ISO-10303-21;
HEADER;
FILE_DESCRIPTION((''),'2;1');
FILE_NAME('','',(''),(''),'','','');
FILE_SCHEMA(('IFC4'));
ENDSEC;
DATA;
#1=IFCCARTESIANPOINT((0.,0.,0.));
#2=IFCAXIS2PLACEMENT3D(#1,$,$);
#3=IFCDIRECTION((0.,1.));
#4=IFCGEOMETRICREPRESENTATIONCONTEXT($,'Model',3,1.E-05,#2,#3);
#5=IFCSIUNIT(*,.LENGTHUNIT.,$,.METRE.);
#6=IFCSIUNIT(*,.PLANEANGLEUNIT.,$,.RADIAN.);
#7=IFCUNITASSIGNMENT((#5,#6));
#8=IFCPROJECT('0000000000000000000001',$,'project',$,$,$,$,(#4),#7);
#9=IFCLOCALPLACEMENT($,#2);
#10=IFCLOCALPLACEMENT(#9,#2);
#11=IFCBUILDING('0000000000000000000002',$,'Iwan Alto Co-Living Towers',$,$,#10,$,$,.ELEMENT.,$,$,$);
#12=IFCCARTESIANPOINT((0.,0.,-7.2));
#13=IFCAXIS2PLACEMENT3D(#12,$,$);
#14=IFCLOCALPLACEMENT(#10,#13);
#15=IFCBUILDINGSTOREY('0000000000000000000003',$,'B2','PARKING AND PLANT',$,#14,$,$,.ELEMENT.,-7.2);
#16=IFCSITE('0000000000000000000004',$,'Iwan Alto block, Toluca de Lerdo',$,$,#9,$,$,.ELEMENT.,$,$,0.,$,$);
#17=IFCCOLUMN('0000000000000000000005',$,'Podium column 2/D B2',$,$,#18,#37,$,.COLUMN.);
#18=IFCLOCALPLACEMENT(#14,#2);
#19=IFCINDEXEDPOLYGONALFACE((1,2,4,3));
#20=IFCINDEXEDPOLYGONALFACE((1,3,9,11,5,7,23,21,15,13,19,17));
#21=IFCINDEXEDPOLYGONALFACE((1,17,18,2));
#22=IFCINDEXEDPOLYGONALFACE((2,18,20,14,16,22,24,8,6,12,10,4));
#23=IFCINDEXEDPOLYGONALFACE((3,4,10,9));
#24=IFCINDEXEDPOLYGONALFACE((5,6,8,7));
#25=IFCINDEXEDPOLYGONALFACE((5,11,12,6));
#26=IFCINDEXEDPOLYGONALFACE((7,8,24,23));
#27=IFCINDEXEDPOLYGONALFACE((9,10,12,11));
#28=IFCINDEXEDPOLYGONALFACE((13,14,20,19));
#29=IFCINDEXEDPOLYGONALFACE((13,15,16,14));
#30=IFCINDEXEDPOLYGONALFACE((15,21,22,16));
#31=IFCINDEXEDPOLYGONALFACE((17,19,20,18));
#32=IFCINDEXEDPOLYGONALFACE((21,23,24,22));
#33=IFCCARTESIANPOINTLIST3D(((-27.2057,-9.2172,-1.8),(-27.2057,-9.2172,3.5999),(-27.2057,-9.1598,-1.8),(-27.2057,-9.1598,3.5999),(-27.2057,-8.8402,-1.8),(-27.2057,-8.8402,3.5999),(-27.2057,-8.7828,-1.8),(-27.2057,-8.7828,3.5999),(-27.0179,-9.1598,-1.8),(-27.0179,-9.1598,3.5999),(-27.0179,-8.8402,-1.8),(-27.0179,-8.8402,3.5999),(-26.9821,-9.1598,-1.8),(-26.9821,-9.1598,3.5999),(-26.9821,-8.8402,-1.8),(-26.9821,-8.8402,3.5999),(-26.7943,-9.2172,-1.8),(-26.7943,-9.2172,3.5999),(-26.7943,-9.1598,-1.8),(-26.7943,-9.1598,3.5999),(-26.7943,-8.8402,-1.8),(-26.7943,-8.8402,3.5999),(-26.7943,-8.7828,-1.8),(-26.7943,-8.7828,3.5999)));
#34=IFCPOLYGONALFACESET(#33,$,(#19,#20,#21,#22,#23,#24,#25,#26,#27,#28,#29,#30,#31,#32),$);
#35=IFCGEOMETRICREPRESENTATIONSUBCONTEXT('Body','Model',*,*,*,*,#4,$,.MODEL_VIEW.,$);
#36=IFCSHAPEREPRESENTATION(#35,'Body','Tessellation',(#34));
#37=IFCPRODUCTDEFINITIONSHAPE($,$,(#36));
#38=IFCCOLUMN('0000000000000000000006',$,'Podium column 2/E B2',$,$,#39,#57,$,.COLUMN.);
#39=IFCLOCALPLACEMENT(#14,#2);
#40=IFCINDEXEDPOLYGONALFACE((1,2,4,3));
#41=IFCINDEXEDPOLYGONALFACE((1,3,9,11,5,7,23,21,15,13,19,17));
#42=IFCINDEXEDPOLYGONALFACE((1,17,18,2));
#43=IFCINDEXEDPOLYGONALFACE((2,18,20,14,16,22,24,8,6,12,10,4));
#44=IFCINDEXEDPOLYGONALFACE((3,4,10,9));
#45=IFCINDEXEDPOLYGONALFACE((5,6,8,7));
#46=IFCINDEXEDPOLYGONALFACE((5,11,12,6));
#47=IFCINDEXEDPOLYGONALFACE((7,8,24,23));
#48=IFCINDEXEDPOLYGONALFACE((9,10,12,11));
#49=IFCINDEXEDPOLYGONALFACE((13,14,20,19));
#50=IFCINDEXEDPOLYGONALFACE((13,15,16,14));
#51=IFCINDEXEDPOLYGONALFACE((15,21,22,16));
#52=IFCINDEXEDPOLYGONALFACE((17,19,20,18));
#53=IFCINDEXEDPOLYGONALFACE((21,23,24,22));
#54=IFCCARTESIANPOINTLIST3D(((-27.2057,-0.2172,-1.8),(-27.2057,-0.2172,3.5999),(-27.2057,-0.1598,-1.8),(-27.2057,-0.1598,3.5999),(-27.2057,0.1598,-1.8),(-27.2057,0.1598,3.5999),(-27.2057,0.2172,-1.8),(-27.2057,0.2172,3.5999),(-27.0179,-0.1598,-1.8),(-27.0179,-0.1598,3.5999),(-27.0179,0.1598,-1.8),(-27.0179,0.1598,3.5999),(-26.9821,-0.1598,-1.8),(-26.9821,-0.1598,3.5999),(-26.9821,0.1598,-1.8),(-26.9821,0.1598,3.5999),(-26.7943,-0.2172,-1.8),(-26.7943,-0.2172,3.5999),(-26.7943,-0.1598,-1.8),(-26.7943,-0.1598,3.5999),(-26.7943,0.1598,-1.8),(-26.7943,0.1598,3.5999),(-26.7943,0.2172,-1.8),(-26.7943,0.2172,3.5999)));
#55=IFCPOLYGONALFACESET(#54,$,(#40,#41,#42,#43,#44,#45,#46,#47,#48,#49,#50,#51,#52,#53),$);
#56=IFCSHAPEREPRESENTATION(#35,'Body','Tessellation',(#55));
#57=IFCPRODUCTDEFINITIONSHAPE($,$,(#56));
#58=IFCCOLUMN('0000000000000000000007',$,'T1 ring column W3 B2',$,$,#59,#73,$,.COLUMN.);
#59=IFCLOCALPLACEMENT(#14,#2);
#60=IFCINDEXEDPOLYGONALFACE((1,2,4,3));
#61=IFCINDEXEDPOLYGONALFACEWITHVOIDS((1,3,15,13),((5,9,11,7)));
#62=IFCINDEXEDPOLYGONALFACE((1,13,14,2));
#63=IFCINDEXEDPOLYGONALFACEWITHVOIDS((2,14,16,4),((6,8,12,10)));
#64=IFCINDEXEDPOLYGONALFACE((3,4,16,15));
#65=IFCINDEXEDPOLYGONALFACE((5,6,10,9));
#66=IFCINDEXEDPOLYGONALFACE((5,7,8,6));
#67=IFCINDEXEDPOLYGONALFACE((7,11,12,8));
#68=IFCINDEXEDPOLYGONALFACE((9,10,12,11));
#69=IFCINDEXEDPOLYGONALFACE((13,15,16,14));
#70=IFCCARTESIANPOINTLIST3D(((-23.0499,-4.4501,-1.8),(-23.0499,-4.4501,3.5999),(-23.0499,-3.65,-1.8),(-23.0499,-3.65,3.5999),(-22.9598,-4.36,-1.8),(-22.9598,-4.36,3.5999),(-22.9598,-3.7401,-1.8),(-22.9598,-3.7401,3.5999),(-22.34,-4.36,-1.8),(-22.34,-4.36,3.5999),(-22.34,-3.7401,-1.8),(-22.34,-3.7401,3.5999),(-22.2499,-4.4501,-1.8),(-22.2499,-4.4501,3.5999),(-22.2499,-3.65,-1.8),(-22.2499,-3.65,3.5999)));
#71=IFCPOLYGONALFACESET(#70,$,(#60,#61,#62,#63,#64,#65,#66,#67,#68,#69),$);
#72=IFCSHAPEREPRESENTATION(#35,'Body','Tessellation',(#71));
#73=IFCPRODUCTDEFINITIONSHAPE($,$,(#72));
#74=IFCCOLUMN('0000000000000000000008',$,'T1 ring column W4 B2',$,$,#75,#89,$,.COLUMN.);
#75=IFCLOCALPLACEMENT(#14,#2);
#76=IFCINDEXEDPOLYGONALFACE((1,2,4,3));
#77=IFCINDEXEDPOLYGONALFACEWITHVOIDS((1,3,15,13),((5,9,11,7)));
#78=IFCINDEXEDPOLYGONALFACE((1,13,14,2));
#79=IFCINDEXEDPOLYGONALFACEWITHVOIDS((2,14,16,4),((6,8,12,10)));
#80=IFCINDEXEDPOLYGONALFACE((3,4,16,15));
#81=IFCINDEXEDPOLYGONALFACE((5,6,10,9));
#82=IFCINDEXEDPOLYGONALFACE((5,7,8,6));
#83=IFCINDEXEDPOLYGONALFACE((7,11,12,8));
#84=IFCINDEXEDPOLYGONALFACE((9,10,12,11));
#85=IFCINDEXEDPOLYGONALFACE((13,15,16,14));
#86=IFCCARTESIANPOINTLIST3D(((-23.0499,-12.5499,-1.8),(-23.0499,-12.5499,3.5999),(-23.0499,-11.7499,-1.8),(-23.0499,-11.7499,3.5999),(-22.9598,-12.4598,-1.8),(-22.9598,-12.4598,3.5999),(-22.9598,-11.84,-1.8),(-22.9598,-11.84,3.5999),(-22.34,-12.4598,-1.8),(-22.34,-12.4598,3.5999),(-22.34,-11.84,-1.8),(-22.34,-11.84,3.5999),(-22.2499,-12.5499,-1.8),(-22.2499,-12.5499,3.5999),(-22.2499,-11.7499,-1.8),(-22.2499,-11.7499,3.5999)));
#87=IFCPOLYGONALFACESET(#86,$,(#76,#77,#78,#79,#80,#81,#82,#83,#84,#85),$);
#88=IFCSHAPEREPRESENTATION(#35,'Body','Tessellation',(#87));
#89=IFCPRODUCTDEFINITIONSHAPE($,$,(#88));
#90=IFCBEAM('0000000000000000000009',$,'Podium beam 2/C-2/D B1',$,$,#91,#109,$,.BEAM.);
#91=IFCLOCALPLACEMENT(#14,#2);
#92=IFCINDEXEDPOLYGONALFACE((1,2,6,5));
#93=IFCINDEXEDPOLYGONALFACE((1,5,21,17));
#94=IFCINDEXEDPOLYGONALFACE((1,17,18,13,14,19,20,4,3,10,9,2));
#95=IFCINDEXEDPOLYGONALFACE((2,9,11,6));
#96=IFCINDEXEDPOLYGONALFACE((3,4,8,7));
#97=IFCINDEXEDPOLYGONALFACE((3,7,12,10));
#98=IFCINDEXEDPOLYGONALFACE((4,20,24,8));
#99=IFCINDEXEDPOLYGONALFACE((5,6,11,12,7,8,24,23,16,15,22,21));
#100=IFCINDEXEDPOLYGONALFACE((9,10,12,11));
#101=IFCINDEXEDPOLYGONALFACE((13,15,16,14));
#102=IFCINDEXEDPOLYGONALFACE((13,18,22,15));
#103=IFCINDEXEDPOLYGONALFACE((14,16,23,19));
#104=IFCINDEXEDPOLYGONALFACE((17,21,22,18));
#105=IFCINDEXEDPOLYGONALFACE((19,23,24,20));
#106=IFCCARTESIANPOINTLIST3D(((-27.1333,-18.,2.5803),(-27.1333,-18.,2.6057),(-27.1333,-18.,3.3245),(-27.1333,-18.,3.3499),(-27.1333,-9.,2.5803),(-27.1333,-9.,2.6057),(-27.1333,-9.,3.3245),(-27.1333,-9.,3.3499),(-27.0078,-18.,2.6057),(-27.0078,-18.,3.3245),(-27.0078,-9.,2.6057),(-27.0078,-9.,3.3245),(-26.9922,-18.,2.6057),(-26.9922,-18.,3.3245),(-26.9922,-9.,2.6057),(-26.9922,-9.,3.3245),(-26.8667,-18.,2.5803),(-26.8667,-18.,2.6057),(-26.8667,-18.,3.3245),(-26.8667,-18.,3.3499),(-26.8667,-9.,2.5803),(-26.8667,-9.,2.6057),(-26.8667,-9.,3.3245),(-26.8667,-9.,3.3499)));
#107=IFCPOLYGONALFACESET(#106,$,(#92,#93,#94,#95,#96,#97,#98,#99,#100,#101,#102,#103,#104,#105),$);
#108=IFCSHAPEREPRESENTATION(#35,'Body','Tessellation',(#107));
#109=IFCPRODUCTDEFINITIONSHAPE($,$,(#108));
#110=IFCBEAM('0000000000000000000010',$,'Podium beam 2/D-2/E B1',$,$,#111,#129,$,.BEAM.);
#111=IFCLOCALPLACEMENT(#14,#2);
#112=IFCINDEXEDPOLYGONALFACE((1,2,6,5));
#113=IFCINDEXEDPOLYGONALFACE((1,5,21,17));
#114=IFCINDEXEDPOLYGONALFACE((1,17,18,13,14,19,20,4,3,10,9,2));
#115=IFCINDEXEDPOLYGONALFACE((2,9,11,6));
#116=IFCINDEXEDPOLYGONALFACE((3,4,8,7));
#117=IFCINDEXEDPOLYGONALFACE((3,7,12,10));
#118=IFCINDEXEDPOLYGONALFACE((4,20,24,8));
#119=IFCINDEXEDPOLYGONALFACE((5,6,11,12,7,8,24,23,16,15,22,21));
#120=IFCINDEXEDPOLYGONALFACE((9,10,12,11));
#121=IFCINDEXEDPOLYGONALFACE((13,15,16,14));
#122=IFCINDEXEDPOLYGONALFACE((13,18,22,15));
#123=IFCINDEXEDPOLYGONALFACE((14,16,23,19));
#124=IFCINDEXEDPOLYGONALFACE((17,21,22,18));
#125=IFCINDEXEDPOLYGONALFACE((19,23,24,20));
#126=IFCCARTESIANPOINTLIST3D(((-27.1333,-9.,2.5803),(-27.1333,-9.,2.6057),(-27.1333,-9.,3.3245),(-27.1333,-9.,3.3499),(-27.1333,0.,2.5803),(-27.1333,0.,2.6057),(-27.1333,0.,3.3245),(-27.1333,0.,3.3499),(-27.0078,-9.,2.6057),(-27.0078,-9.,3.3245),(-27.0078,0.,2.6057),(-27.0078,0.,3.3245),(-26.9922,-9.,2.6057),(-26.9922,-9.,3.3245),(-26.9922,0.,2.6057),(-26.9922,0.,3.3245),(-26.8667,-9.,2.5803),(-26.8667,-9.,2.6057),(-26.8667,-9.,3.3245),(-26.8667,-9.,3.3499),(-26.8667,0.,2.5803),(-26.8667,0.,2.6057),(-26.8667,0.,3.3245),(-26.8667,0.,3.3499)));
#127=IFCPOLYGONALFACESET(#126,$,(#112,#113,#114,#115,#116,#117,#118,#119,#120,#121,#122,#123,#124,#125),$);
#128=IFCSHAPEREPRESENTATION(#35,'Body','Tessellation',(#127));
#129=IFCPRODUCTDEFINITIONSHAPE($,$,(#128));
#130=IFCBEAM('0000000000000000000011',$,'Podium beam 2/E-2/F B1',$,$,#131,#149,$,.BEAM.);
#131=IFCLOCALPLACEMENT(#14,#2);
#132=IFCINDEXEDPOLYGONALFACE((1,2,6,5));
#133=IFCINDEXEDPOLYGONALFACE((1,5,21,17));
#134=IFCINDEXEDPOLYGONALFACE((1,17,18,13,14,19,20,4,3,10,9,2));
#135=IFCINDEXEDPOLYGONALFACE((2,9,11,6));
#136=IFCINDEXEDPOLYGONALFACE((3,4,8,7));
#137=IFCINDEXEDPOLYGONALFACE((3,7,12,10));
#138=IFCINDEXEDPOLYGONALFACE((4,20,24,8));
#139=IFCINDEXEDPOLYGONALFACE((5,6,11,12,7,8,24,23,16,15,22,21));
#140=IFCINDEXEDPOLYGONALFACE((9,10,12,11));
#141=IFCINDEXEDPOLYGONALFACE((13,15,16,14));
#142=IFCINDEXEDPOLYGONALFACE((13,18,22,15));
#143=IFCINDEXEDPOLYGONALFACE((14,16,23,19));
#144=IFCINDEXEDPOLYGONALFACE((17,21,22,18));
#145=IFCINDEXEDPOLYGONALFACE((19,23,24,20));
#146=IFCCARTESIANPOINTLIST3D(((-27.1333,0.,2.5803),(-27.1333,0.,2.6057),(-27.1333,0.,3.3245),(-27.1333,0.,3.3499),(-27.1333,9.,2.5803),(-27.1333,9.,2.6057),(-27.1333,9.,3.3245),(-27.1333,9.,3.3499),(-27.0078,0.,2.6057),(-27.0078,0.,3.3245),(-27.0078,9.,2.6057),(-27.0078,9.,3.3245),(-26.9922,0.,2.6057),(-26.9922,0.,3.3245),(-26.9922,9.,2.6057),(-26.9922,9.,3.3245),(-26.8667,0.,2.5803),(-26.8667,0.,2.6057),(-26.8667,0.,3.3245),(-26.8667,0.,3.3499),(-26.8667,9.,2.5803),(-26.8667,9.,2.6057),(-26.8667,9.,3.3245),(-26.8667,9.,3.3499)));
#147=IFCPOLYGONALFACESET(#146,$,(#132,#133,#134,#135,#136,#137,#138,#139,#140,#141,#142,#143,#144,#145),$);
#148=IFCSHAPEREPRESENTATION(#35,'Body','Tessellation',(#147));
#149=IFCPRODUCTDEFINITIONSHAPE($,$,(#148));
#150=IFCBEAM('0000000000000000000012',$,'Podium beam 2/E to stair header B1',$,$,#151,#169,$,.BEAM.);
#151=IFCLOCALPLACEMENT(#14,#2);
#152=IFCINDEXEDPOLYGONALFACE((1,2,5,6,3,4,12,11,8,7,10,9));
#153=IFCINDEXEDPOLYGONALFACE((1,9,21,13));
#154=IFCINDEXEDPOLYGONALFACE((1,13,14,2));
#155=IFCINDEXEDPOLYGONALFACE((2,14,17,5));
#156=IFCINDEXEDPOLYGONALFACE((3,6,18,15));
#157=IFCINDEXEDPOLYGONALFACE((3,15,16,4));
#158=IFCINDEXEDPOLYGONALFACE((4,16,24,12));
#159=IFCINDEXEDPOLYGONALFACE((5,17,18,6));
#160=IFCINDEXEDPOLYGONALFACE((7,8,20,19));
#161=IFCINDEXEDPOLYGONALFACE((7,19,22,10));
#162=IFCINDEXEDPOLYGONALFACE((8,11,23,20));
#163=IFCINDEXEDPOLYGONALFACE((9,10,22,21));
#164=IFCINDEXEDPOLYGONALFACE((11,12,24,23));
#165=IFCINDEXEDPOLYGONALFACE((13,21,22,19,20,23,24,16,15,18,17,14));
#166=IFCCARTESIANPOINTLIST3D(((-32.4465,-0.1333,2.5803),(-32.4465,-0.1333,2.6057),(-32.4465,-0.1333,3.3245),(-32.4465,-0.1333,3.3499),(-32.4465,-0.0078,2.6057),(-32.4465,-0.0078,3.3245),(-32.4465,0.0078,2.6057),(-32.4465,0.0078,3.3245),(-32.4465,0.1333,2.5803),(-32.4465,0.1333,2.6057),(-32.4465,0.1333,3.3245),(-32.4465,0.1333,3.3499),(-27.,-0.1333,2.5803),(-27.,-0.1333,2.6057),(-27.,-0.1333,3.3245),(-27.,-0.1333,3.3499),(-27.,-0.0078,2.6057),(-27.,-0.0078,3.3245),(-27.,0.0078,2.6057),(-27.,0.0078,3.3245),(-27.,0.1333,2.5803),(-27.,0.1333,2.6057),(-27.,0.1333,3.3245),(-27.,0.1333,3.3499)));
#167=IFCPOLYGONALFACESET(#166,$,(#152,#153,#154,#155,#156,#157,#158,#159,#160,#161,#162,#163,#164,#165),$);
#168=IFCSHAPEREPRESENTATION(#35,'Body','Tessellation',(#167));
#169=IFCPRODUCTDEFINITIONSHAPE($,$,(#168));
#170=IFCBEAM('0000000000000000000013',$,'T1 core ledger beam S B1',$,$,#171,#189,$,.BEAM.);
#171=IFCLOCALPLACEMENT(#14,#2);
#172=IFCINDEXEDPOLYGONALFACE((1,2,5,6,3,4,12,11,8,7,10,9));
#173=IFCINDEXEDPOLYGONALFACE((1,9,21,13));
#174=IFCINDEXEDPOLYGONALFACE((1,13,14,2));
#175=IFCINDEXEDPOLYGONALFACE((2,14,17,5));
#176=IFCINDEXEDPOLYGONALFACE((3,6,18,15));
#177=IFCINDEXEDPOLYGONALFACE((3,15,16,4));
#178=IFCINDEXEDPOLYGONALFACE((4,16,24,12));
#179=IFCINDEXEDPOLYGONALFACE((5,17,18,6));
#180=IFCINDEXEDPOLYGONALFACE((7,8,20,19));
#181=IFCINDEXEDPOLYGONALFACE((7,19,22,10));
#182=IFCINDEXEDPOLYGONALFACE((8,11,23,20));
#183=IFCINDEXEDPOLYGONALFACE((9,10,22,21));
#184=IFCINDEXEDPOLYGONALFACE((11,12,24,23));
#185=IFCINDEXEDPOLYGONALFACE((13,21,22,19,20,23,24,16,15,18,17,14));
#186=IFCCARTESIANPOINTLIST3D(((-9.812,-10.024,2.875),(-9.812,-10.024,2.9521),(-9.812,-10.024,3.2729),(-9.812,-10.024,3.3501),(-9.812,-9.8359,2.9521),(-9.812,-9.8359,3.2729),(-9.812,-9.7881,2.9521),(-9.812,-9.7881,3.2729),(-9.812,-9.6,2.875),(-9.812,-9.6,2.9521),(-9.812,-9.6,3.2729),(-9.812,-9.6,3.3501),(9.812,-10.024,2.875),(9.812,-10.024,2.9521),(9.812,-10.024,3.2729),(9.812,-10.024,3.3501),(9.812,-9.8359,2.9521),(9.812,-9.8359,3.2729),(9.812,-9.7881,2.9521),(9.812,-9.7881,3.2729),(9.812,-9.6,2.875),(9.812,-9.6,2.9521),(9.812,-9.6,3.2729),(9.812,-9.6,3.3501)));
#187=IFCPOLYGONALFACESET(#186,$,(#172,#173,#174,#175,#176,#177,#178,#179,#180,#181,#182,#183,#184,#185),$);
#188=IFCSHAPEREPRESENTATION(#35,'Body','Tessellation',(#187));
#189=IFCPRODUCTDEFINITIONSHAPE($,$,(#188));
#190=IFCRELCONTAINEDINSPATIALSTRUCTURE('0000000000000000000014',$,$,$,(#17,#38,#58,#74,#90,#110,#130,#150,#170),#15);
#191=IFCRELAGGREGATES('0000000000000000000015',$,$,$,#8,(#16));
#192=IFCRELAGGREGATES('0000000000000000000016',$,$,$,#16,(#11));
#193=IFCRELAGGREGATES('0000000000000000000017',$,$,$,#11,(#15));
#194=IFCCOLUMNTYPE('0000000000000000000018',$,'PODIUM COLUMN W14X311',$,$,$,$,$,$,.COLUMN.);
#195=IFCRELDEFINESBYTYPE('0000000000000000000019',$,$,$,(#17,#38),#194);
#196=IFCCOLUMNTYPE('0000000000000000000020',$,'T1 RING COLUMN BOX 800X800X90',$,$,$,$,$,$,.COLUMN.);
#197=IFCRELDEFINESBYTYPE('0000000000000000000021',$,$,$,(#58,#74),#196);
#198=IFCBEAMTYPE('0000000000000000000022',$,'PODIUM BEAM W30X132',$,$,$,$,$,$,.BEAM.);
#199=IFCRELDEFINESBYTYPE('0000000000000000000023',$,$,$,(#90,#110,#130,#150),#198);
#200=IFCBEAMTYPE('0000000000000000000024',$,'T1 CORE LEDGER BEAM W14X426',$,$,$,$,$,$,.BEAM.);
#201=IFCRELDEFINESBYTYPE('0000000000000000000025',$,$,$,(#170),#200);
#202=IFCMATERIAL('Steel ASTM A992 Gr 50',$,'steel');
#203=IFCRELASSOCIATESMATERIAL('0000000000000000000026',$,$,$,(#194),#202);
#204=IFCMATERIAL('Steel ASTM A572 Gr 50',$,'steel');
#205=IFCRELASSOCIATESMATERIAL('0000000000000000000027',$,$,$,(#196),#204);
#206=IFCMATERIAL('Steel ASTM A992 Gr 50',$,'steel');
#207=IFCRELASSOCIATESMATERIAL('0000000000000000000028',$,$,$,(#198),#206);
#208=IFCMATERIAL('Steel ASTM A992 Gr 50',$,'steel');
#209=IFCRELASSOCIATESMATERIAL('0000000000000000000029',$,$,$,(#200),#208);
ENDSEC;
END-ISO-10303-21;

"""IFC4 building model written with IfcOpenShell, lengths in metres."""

from ifc_helpers import new_model, si_unit, direction, frame, origin, origin_2d, place, context, subcontext, project, spatial, hollow_rectangle, i_section, extrude, material, material_profile, profile_set, type_object, element, save


model = new_model("IFC4")

# Units and contexts
model_context = context("Model", 3, precision=1e-05, world=origin(), true_north=direction((0.0, 1.0)))
body_context = subcontext(model_context, "Body", "Model", "MODEL_VIEW")
ifc_project = project(units=[si_unit("LENGTHUNIT", "METRE"), si_unit("PLANEANGLEUNIT", "RADIAN")], contexts=[model_context])

# Site, building, storey
site_placement = place(None, origin())
site = spatial("IfcSite", under=ifc_project, at=site_placement, Name="Iwan Alto block, Toluca de Lerdo", CompositionType="ELEMENT", RefElevation=0.0)
building_placement = place(site_placement, origin())
building = spatial("IfcBuilding", under=site, at=building_placement, Name="Iwan Alto Co-Living Towers", CompositionType="ELEMENT")
storey_placement = place(building_placement, frame((0.0, 0.0, -7.2)))
storey = spatial("IfcBuildingStorey", under=building, at=storey_placement, Name="B2", Description="PARKING AND PLANT", CompositionType="ELEMENT", Elevation=-7.2)

# Columns
ifc_material_1 = material(Name="Steel ASTM A992 Gr 50", Category="steel")
ifc_material_profile_1 = material_profile(ifc_material_1, i_section(OverallWidth=0.4114, OverallDepth=0.4343, WebThickness=0.0359, FlangeThickness=0.0574, at=origin_2d()), Name="W14X311")
ifc_profile_set_1 = profile_set([ifc_material_profile_1], Name="Steel ASTM A992 Gr 50")
column_type_1 = type_object("IfcColumnType", Name="PODIUM COLUMN W14X311", PredefinedType="COLUMN", material=ifc_profile_set_1)
for number, where, z_axis, x_axis, name in (
    (1, (-27.0, -9.0, -1.8), (0.0, 0.0, 1.0), (1.0, 0.0, 0.0), "Podium column 2/D B2"),
    (2, (-27.0, 0.0, -1.8), (0.0, 0.0, 1.0), (1.0, 0.0, 0.0), "Podium column 2/E B2"),
):
    element("IfcColumn", number, at=place(storey_placement, frame(where, z_axis=z_axis, x_axis=x_axis)), inside=storey, type_object=column_type_1, Name=name, PredefinedType="COLUMN", context=body_context, shape_type="SweptSolid", body=[
        extrude(i_section(OverallWidth=0.4114, OverallDepth=0.4343, WebThickness=0.0359, FlangeThickness=0.0574, at=origin_2d()), origin(), (0.0, 0.0, 1.0), 5.3999),
    ])
ifc_material_2 = material(Name="Steel ASTM A572 Gr 50", Category="steel")
ifc_material_profile_2 = material_profile(ifc_material_2, hollow_rectangle(XDim=0.8, YDim=0.8, WallThickness=0.0901, at=origin_2d()), Name="BOX 800X800X90")
ifc_profile_set_2 = profile_set([ifc_material_profile_2], Name="Steel ASTM A572 Gr 50")
column_type_2 = type_object("IfcColumnType", Name="T1 RING COLUMN BOX 800X800X90", PredefinedType="COLUMN", material=ifc_profile_set_2)
for number, where, z_axis, x_axis, name in (
    (3, (-22.6499, -4.05, -1.8), (0.0, 0.0, 1.0), (1.0, 0.0, 0.0), "T1 ring column W3 B2"),
    (4, (-22.6499, -12.1499, -1.8), (0.0, 0.0, 1.0), (1.0, 0.0, 0.0), "T1 ring column W4 B2"),
):
    element("IfcColumn", number, at=place(storey_placement, frame(where, z_axis=z_axis, x_axis=x_axis)), inside=storey, type_object=column_type_2, Name=name, PredefinedType="COLUMN", context=body_context, shape_type="SweptSolid", body=[
        extrude(hollow_rectangle(XDim=0.8, YDim=0.8, WallThickness=0.0901, at=origin_2d()), origin(), (0.0, 0.0, 1.0), 5.3999),
    ])

# Beams
ifc_material_3 = material(Name="Steel ASTM A992 Gr 50", Category="steel")
ifc_material_profile_3 = material_profile(ifc_material_3, i_section(OverallWidth=0.2666, OverallDepth=0.7695, WebThickness=0.0156, FlangeThickness=0.0254, at=origin_2d()), Name="W30X132")
ifc_profile_set_3 = profile_set([ifc_material_profile_3], Name="Steel ASTM A992 Gr 50")
beam_type_1 = type_object("IfcBeamType", Name="PODIUM BEAM W30X132", PredefinedType="BEAM", material=ifc_profile_set_3)
for number, where, z_axis, x_axis, name in (
    (5, (-27.0, -18.0, 2.9651), (0.0, 1.0, 0.0), (-1.0, 0.0, 0.0), "Podium beam 2/C-2/D B1"),
    (6, (-27.0, -9.0, 2.9651), (0.0, 1.0, 0.0), (-1.0, 0.0, 0.0), "Podium beam 2/D-2/E B1"),
    (7, (-27.0, 0.0, 2.9651), (0.0, 1.0, 0.0), (-1.0, 0.0, 0.0), "Podium beam 2/E-2/F B1"),
):
    element("IfcBeam", number, at=place(storey_placement, frame(where, z_axis=z_axis, x_axis=x_axis)), inside=storey, type_object=beam_type_1, Name=name, PredefinedType="BEAM", context=body_context, shape_type="SweptSolid", body=[
        extrude(i_section(OverallWidth=0.2666, OverallDepth=0.7695, WebThickness=0.0156, FlangeThickness=0.0254, at=origin_2d()), origin(), (0.0, 0.0, 1.0), 9.0),
    ])
beam_1_placement = place(storey_placement, frame((-27.0, 0.0, 2.9651), z_axis=(-1.0, 0.0, 0.0), x_axis=(0.0, -1.0, 0.0)))
element("IfcBeam", 8, at=beam_1_placement, inside=storey, type_object=beam_type_1, Name="Podium beam 2/E to stair header B1", PredefinedType="BEAM", context=body_context, shape_type="SweptSolid", body=[
    extrude(i_section(OverallWidth=0.2666, OverallDepth=0.7695, WebThickness=0.0156, FlangeThickness=0.0254, at=origin_2d()), origin(), (0.0, 0.0, 1.0), 5.4465),
])
ifc_material_4 = material(Name="Steel ASTM A992 Gr 50", Category="steel")
ifc_material_profile_4 = material_profile(ifc_material_4, i_section(OverallWidth=0.4241, OverallDepth=0.4751, WebThickness=0.0479, FlangeThickness=0.0771, at=origin_2d()), Name="W14X426")
ifc_profile_set_4 = profile_set([ifc_material_profile_4], Name="Steel ASTM A992 Gr 50")
beam_type_2 = type_object("IfcBeamType", Name="T1 CORE LEDGER BEAM W14X426", PredefinedType="BEAM", material=ifc_profile_set_4)
beam_2_placement = place(storey_placement, frame((-9.812, -9.812, 3.1125), z_axis=(1.0, 0.0, 0.0), x_axis=(0.0, 1.0, 0.0)))
element("IfcBeam", 9, at=beam_2_placement, inside=storey, type_object=beam_type_2, Name="T1 core ledger beam S B1", PredefinedType="BEAM", context=body_context, shape_type="SweptSolid", body=[
    extrude(i_section(OverallWidth=0.4241, OverallDepth=0.4751, WebThickness=0.0479, FlangeThickness=0.0771, at=origin_2d()), origin(), (0.0, 0.0, 1.0), 19.624),
])

save(model, "model.ifc")
